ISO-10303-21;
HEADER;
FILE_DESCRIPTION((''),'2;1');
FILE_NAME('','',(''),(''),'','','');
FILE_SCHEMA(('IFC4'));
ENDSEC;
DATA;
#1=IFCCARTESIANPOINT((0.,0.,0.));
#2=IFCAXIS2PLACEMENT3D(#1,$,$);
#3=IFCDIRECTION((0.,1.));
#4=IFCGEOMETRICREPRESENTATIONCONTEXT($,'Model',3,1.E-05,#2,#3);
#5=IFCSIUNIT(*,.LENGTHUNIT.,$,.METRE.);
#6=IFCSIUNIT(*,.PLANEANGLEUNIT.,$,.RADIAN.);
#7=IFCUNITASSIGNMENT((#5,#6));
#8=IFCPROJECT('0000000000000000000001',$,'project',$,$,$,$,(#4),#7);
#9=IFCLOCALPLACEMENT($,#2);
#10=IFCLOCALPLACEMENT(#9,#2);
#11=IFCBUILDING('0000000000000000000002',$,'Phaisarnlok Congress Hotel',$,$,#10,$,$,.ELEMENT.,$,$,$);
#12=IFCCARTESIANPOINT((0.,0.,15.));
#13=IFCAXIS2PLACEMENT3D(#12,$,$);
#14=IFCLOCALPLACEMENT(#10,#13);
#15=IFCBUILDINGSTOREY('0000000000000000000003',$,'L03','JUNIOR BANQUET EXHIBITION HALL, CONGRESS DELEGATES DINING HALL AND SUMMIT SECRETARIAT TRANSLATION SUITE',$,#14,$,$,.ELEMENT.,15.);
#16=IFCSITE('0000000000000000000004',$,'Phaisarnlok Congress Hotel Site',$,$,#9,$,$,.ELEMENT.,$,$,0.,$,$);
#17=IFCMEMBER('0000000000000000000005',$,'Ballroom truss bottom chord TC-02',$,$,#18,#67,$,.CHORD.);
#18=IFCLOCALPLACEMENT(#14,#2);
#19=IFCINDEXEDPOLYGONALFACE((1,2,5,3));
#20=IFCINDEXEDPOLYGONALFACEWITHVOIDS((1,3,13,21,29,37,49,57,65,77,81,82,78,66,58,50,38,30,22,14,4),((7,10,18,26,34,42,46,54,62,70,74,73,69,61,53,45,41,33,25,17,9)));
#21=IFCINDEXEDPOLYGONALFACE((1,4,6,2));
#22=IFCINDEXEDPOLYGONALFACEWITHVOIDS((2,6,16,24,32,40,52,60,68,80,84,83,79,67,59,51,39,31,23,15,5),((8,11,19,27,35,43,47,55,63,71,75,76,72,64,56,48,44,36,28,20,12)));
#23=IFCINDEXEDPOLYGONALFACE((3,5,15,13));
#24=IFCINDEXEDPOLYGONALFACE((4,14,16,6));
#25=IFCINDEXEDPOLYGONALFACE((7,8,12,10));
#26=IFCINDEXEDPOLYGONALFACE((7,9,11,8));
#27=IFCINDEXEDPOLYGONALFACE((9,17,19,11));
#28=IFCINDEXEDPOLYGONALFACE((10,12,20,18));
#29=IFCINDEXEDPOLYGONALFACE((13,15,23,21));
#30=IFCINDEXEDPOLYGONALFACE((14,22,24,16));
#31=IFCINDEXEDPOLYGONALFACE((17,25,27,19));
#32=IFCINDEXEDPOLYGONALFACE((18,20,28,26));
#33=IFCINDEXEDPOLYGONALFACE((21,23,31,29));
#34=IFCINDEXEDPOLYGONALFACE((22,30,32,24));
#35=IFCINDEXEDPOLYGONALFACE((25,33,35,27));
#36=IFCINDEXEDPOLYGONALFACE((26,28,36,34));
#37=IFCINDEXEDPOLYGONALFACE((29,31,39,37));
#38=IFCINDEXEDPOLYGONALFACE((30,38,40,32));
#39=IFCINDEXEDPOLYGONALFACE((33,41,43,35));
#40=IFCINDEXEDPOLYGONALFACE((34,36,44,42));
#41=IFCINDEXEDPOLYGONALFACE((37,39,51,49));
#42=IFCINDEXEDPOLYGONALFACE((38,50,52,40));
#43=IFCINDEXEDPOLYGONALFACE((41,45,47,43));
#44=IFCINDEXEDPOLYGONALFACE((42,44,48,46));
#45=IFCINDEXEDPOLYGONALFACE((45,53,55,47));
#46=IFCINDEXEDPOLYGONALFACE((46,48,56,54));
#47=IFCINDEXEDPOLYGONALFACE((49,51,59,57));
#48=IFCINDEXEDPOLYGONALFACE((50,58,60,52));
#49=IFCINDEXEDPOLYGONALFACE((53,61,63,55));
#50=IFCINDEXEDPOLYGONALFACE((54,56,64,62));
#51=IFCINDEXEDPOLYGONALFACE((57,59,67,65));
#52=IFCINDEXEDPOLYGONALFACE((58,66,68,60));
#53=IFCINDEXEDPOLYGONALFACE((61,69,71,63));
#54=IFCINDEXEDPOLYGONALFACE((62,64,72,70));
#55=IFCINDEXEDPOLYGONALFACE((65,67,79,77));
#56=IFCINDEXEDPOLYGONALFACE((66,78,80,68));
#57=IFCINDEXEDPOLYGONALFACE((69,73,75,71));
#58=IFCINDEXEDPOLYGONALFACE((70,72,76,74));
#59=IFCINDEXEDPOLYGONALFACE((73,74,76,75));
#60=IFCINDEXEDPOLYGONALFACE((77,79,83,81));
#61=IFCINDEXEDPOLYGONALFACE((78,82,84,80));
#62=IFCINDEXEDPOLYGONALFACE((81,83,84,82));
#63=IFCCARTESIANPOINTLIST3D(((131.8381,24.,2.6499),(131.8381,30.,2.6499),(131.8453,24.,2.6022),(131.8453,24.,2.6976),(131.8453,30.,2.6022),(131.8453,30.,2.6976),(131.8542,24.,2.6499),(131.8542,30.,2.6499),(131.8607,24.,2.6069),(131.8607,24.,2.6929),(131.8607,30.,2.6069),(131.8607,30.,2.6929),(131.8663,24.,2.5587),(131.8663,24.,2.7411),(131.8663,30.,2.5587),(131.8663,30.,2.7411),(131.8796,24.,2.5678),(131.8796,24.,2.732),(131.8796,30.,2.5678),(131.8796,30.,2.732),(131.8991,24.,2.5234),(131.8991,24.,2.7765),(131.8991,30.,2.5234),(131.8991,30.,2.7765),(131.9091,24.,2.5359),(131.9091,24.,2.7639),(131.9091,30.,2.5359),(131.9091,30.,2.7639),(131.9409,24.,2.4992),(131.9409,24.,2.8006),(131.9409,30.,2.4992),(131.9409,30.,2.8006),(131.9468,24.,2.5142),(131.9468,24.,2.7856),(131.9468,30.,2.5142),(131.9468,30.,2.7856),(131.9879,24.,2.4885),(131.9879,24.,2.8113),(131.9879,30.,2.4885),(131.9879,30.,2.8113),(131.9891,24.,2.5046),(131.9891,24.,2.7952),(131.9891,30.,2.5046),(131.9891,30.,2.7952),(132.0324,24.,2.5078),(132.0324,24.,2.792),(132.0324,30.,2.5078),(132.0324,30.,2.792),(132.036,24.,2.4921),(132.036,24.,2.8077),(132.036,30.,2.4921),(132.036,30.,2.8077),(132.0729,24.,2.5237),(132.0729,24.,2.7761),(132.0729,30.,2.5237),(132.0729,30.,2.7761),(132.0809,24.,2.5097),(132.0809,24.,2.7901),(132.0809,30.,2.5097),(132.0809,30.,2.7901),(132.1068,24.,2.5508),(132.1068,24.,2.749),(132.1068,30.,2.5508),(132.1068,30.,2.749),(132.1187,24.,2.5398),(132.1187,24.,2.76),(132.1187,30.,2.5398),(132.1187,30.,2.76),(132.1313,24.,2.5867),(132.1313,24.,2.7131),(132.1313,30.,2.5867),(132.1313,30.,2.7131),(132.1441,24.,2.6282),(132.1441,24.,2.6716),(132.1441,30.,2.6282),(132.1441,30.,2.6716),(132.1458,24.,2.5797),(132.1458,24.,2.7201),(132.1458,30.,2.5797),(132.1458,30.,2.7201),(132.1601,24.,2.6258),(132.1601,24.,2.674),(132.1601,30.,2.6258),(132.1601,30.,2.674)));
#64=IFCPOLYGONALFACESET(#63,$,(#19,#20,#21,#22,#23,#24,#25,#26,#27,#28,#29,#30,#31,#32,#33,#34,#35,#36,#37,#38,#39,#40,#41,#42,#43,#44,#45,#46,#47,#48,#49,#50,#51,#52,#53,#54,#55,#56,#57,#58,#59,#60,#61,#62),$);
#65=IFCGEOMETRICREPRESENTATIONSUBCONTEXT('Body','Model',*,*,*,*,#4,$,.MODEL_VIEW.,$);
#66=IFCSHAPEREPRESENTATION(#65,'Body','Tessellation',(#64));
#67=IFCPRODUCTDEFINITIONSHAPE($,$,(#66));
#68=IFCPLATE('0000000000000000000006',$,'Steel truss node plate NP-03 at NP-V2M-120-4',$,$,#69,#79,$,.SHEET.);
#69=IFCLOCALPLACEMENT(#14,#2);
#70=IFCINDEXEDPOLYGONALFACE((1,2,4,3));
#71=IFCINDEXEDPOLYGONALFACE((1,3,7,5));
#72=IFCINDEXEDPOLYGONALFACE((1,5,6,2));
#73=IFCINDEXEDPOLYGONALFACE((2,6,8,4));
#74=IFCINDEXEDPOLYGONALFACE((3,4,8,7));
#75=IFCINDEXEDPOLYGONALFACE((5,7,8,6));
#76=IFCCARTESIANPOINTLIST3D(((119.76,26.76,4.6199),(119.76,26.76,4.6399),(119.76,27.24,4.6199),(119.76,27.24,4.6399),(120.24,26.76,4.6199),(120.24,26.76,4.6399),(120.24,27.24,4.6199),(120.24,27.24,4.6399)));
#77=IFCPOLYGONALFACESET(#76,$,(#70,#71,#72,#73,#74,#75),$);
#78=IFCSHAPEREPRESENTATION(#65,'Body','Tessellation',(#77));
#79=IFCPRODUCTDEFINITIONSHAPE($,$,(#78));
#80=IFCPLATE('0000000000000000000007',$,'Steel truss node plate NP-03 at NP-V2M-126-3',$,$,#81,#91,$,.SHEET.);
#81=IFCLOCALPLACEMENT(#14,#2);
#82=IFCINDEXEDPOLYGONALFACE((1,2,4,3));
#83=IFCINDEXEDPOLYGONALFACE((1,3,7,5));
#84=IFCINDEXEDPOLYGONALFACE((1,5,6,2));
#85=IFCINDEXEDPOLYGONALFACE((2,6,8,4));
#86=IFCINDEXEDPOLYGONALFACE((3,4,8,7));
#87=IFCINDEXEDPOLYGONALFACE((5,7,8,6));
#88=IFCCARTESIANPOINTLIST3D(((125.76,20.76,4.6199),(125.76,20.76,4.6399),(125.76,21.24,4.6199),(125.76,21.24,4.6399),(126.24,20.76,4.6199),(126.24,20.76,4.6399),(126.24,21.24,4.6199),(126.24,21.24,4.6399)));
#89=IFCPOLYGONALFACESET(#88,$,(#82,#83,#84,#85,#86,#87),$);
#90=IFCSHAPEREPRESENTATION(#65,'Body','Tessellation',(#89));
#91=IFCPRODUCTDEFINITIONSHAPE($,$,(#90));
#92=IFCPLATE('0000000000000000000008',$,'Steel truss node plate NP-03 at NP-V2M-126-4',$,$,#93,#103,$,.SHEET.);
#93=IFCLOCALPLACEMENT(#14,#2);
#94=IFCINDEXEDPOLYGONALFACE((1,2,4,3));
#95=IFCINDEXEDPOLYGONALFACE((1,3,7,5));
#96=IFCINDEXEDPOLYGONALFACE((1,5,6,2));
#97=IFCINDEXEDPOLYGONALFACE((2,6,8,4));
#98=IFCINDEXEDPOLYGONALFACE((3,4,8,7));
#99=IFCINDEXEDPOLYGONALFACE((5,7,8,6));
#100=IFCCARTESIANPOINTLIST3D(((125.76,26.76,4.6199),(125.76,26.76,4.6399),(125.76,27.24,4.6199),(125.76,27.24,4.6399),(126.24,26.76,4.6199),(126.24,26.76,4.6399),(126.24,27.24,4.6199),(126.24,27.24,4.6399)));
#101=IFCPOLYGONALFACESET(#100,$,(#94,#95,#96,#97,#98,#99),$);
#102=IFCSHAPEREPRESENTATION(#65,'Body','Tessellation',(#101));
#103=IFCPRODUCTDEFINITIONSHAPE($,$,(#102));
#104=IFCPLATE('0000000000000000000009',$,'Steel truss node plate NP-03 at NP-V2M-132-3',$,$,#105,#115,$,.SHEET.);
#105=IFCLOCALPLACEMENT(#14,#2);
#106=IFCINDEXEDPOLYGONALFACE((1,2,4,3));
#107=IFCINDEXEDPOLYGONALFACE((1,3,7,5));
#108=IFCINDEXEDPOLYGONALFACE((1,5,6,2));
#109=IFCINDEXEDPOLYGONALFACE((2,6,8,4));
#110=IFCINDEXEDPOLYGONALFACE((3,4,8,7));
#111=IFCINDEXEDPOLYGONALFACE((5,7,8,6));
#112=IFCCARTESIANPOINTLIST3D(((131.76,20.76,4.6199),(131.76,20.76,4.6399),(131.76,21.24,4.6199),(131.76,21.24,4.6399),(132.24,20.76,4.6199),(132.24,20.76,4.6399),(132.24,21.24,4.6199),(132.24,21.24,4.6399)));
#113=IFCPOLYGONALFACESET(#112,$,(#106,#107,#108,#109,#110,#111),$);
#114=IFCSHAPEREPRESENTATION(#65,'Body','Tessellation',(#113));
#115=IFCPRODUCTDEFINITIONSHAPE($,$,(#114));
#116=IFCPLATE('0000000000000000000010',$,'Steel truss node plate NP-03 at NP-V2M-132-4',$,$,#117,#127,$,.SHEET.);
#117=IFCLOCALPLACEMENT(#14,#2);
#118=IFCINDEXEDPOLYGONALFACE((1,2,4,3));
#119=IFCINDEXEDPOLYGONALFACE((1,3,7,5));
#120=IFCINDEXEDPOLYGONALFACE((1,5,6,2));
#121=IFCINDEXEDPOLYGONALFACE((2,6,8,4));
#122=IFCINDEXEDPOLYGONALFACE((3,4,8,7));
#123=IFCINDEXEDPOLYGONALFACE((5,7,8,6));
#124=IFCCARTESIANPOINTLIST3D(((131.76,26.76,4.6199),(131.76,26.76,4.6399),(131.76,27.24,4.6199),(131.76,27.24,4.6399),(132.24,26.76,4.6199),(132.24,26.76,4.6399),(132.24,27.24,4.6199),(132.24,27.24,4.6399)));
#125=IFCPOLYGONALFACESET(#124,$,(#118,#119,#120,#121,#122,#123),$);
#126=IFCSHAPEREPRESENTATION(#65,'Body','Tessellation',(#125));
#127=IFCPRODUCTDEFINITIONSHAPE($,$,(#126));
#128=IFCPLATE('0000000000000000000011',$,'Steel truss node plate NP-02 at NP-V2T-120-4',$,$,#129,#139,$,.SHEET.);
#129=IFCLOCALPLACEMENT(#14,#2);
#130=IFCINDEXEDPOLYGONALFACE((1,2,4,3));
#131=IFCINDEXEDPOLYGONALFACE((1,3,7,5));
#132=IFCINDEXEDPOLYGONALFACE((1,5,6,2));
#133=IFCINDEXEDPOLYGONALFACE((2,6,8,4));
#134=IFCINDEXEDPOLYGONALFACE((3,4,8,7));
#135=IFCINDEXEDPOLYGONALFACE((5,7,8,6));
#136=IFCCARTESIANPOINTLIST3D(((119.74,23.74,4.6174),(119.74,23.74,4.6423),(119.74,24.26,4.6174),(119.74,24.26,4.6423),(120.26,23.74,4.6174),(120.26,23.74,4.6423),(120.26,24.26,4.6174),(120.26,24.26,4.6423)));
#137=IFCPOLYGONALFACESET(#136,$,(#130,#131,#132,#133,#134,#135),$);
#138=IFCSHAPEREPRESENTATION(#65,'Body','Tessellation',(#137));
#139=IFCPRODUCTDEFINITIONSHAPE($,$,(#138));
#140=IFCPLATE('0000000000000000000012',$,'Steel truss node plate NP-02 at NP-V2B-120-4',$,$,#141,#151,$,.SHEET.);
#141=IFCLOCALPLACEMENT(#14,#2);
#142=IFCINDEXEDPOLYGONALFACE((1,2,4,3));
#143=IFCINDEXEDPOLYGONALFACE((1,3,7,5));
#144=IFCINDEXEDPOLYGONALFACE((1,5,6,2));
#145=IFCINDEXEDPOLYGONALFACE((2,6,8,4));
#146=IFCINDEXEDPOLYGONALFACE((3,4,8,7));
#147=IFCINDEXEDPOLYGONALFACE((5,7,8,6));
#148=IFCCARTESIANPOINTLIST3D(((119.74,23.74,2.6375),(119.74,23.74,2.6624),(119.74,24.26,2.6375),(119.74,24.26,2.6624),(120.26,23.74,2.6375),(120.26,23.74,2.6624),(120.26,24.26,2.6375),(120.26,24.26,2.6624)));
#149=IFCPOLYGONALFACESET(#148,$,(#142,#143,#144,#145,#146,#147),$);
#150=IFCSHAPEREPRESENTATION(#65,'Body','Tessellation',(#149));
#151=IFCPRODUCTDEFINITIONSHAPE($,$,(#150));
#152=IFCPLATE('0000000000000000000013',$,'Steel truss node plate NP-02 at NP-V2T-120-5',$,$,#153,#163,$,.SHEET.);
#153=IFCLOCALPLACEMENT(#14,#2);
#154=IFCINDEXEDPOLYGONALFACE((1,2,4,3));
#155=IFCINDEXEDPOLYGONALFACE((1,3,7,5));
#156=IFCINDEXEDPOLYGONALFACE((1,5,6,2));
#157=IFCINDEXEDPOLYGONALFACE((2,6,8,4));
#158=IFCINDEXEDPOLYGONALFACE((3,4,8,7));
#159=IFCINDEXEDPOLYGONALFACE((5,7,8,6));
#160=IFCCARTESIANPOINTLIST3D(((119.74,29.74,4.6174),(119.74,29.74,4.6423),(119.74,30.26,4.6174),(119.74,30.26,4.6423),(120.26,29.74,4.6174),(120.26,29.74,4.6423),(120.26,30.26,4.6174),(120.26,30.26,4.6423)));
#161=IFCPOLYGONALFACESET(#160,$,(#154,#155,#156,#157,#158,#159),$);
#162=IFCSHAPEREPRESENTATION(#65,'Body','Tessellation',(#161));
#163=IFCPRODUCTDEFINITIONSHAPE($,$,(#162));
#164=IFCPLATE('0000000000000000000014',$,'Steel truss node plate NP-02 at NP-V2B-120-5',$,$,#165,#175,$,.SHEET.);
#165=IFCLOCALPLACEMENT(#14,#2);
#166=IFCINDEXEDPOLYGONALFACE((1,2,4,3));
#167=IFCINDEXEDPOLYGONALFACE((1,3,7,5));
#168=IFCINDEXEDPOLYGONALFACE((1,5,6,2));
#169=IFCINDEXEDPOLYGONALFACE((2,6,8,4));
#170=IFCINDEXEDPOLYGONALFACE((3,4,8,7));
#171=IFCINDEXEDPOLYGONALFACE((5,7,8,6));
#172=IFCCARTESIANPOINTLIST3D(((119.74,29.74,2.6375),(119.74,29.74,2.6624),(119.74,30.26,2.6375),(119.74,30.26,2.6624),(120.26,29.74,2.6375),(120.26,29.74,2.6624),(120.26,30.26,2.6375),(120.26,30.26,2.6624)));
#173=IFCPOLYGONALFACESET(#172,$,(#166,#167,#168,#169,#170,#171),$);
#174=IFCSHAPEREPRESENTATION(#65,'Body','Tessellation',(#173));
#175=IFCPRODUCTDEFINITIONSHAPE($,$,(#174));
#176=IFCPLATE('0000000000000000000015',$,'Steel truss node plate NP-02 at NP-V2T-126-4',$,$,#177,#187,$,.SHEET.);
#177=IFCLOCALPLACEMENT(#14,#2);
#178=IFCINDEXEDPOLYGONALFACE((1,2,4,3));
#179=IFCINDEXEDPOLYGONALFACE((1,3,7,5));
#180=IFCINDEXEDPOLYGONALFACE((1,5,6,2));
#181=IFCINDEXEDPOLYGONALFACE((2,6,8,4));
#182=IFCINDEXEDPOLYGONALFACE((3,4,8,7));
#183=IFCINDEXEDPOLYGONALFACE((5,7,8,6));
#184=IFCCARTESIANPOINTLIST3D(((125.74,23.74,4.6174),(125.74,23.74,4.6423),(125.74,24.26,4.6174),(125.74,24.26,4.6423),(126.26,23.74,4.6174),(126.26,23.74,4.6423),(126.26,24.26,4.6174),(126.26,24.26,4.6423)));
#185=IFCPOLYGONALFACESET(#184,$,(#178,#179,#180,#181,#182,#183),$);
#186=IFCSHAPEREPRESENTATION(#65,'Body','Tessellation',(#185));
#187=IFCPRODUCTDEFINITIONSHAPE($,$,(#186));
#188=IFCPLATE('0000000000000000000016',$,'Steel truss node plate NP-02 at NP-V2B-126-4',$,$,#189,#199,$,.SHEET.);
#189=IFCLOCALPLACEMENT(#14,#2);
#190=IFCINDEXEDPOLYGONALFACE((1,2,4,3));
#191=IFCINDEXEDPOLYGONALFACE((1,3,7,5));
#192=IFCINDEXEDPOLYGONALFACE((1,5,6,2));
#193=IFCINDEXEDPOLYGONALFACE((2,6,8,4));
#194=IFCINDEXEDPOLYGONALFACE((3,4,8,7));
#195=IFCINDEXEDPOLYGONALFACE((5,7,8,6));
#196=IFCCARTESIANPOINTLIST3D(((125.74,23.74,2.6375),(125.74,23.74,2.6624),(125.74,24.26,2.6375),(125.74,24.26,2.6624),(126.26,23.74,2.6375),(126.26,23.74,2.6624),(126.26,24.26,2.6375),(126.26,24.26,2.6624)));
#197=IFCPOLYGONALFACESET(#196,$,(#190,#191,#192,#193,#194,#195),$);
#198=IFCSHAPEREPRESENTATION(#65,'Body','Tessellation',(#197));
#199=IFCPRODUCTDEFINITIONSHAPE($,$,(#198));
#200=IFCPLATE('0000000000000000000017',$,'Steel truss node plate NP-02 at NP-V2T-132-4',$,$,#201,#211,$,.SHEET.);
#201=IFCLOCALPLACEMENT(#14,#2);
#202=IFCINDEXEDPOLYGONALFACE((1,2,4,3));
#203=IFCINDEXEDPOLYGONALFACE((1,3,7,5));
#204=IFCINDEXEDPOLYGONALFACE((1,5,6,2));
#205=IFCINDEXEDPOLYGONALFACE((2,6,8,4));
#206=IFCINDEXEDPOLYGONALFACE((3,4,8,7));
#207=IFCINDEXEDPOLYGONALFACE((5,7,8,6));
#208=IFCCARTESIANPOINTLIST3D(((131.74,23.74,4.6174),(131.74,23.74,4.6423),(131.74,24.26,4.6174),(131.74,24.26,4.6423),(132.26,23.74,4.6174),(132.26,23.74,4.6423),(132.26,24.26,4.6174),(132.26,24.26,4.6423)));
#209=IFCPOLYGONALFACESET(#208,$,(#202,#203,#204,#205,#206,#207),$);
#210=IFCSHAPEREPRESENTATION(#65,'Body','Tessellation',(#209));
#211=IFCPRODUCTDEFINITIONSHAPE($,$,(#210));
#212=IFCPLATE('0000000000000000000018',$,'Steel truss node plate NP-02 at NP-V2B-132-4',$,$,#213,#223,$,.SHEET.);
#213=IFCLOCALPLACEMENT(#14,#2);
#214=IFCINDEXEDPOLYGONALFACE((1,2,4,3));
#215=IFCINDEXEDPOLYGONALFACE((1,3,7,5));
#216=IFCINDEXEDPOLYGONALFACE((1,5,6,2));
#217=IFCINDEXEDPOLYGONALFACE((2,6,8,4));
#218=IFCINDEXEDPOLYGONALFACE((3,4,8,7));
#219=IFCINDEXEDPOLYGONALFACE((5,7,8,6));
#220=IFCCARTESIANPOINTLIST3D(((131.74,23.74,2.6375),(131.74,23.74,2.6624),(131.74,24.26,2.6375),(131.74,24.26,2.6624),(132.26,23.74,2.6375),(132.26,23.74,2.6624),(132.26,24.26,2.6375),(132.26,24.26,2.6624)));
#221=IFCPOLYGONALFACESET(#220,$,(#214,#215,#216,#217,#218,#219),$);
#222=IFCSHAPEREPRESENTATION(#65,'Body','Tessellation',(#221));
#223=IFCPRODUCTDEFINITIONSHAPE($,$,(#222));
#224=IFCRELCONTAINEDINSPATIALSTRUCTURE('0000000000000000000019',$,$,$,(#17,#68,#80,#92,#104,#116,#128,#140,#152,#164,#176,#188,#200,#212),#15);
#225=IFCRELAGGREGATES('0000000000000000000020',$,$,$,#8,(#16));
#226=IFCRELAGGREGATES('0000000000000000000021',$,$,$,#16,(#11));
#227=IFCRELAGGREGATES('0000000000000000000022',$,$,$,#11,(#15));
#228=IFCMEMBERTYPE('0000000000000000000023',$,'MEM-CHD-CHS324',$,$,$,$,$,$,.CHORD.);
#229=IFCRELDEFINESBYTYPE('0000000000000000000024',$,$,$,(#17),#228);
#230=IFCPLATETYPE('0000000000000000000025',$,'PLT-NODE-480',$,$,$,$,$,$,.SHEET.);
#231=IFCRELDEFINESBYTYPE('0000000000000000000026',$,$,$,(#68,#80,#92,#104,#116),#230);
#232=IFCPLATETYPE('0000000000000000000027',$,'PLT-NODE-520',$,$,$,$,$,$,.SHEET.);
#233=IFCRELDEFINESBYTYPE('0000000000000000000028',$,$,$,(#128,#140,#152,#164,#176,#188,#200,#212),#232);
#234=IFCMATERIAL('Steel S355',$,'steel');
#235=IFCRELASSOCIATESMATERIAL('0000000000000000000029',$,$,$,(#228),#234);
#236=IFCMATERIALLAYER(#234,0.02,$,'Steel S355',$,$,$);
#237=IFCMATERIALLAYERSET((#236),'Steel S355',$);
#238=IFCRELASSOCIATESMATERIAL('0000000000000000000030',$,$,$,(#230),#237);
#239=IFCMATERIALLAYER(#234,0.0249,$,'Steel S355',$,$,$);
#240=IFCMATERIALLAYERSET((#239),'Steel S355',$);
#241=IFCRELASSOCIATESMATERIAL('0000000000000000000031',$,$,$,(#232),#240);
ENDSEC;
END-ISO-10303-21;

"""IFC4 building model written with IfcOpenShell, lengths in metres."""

from ifc_helpers import new_model, si_unit, direction, frame, origin, origin_2d, place, context, subcontext, project, spatial, rectangle, hollow_circle, extrude, material, layer, layer_set, material_profile, profile_set, type_object, element, save


model = new_model("IFC4")

# Units and contexts
model_context = context("Model", 3, precision=1e-05, world=origin(), true_north=direction((0.0, 1.0)))
body_context = subcontext(model_context, "Body", "Model", "MODEL_VIEW")
ifc_project = project(units=[si_unit("LENGTHUNIT", "METRE"), si_unit("PLANEANGLEUNIT", "RADIAN")], contexts=[model_context])

# Site, building, storey
site_placement = place(None, origin())
site = spatial("IfcSite", under=ifc_project, at=site_placement, Name="Phaisarnlok Congress Hotel Site", CompositionType="ELEMENT", RefElevation=0.0)
building_placement = place(site_placement, origin())
building = spatial("IfcBuilding", under=site, at=building_placement, Name="Phaisarnlok Congress Hotel", CompositionType="ELEMENT")
storey_placement = place(building_placement, frame((0.0, 0.0, 15.0)))
storey = spatial("IfcBuildingStorey", under=building, at=storey_placement, Name="L03", Description="JUNIOR BANQUET EXHIBITION HALL, CONGRESS DELEGATES DINING HALL AND SUMMIT SECRETARIAT TRANSLATION SUITE", CompositionType="ELEMENT", Elevation=15.0)

# Member
ifc_material = material(Name="Steel S355", Category="steel")
ifc_material_profile_1 = material_profile(ifc_material, hollow_circle(Radius=0.1619, WallThickness=0.0161, at=origin_2d()), Name="CHS 323.9x16")
ifc_profile_set_1 = profile_set([ifc_material_profile_1], Name="Steel S355")
member_type_1 = type_object("IfcMemberType", Name="MEM-CHD-CHS324", PredefinedType="CHORD", material=ifc_profile_set_1)
for number, where, z_axis, x_axis, name in (
    (1, (132.0, 24.0, 2.6499), (0.0, 1.0, 0.0), (-1.0, 0.0, 0.0), "Ballroom truss bottom chord TC-02"),
):
    element("IfcMember", number, at=place(storey_placement, frame(where, z_axis=z_axis, x_axis=x_axis)), inside=storey, type_object=member_type_1, Name=name, PredefinedType="CHORD", context=body_context, shape_type="SweptSolid", body=[
        extrude(hollow_circle(Radius=0.1619, WallThickness=0.0161, at=origin_2d()), origin(), (0.0, 0.0, 1.0), 6.0),
    ])

# Plates
ifc_layer_1 = layer(ifc_material, 0.02, Name="Steel S355")
ifc_layer_set_1 = layer_set([ifc_layer_1], Name="Steel S355")
plate_type_1 = type_object("IfcPlateType", Name="PLT-NODE-480", PredefinedType="SHEET", material=ifc_layer_set_1)
for number, where, z_axis, x_axis, name in (
    (2, (120.0, 27.0, 4.6199), (0.0, 0.0, 1.0), (1.0, 0.0, 0.0), "Steel truss node plate NP-03 at NP-V2M-120-4"),
    (3, (126.0, 21.0, 4.6199), (0.0, 0.0, 1.0), (1.0, 0.0, 0.0), "Steel truss node plate NP-03 at NP-V2M-126-3"),
    (4, (126.0, 27.0, 4.6199), (0.0, 0.0, 1.0), (1.0, 0.0, 0.0), "Steel truss node plate NP-03 at NP-V2M-126-4"),
    (5, (132.0, 21.0, 4.6199), (0.0, 0.0, 1.0), (1.0, 0.0, 0.0), "Steel truss node plate NP-03 at NP-V2M-132-3"),
    (6, (132.0, 27.0, 4.6199), (0.0, 0.0, 1.0), (1.0, 0.0, 0.0), "Steel truss node plate NP-03 at NP-V2M-132-4"),
):
    element("IfcPlate", number, at=place(storey_placement, frame(where, z_axis=z_axis, x_axis=x_axis)), inside=storey, type_object=plate_type_1, Name=name, PredefinedType="SHEET", context=body_context, shape_type="SweptSolid", body=[
        extrude(rectangle(XDim=0.48, YDim=0.48, at=origin_2d()), origin(), (0.0, 0.0, 1.0), 0.02),
    ])
ifc_layer_2 = layer(ifc_material, 0.0249, Name="Steel S355")
ifc_layer_set_2 = layer_set([ifc_layer_2], Name="Steel S355")
plate_type_2 = type_object("IfcPlateType", Name="PLT-NODE-520", PredefinedType="SHEET", material=ifc_layer_set_2)
for number, where, z_axis, x_axis, name in (
    (7, (120.0, 24.0, 4.6174), (0.0, 0.0, 1.0), (1.0, 0.0, 0.0), "Steel truss node plate NP-02 at NP-V2T-120-4"),
    (8, (120.0, 24.0, 2.6375), (0.0, 0.0, 1.0), (1.0, 0.0, 0.0), "Steel truss node plate NP-02 at NP-V2B-120-4"),
    (9, (120.0, 30.0, 4.6174), (0.0, 0.0, 1.0), (1.0, 0.0, 0.0), "Steel truss node plate NP-02 at NP-V2T-120-5"),
    (10, (120.0, 30.0, 2.6375), (0.0, 0.0, 1.0), (1.0, 0.0, 0.0), "Steel truss node plate NP-02 at NP-V2B-120-5"),
    (11, (126.0, 24.0, 4.6174), (0.0, 0.0, 1.0), (1.0, 0.0, 0.0), "Steel truss node plate NP-02 at NP-V2T-126-4"),
    (12, (126.0, 24.0, 2.6375), (0.0, 0.0, 1.0), (1.0, 0.0, 0.0), "Steel truss node plate NP-02 at NP-V2B-126-4"),
    (13, (132.0, 24.0, 4.6174), (0.0, 0.0, 1.0), (1.0, 0.0, 0.0), "Steel truss node plate NP-02 at NP-V2T-132-4"),
    (14, (132.0, 24.0, 2.6375), (0.0, 0.0, 1.0), (1.0, 0.0, 0.0), "Steel truss node plate NP-02 at NP-V2B-132-4"),
):
    element("IfcPlate", number, at=place(storey_placement, frame(where, z_axis=z_axis, x_axis=x_axis)), inside=storey, type_object=plate_type_2, Name=name, PredefinedType="SHEET", context=body_context, shape_type="SweptSolid", body=[
        extrude(rectangle(XDim=0.52, YDim=0.52, at=origin_2d()), origin(), (0.0, 0.0, 1.0), 0.0249),
    ])

save(model, "model.ifc")
